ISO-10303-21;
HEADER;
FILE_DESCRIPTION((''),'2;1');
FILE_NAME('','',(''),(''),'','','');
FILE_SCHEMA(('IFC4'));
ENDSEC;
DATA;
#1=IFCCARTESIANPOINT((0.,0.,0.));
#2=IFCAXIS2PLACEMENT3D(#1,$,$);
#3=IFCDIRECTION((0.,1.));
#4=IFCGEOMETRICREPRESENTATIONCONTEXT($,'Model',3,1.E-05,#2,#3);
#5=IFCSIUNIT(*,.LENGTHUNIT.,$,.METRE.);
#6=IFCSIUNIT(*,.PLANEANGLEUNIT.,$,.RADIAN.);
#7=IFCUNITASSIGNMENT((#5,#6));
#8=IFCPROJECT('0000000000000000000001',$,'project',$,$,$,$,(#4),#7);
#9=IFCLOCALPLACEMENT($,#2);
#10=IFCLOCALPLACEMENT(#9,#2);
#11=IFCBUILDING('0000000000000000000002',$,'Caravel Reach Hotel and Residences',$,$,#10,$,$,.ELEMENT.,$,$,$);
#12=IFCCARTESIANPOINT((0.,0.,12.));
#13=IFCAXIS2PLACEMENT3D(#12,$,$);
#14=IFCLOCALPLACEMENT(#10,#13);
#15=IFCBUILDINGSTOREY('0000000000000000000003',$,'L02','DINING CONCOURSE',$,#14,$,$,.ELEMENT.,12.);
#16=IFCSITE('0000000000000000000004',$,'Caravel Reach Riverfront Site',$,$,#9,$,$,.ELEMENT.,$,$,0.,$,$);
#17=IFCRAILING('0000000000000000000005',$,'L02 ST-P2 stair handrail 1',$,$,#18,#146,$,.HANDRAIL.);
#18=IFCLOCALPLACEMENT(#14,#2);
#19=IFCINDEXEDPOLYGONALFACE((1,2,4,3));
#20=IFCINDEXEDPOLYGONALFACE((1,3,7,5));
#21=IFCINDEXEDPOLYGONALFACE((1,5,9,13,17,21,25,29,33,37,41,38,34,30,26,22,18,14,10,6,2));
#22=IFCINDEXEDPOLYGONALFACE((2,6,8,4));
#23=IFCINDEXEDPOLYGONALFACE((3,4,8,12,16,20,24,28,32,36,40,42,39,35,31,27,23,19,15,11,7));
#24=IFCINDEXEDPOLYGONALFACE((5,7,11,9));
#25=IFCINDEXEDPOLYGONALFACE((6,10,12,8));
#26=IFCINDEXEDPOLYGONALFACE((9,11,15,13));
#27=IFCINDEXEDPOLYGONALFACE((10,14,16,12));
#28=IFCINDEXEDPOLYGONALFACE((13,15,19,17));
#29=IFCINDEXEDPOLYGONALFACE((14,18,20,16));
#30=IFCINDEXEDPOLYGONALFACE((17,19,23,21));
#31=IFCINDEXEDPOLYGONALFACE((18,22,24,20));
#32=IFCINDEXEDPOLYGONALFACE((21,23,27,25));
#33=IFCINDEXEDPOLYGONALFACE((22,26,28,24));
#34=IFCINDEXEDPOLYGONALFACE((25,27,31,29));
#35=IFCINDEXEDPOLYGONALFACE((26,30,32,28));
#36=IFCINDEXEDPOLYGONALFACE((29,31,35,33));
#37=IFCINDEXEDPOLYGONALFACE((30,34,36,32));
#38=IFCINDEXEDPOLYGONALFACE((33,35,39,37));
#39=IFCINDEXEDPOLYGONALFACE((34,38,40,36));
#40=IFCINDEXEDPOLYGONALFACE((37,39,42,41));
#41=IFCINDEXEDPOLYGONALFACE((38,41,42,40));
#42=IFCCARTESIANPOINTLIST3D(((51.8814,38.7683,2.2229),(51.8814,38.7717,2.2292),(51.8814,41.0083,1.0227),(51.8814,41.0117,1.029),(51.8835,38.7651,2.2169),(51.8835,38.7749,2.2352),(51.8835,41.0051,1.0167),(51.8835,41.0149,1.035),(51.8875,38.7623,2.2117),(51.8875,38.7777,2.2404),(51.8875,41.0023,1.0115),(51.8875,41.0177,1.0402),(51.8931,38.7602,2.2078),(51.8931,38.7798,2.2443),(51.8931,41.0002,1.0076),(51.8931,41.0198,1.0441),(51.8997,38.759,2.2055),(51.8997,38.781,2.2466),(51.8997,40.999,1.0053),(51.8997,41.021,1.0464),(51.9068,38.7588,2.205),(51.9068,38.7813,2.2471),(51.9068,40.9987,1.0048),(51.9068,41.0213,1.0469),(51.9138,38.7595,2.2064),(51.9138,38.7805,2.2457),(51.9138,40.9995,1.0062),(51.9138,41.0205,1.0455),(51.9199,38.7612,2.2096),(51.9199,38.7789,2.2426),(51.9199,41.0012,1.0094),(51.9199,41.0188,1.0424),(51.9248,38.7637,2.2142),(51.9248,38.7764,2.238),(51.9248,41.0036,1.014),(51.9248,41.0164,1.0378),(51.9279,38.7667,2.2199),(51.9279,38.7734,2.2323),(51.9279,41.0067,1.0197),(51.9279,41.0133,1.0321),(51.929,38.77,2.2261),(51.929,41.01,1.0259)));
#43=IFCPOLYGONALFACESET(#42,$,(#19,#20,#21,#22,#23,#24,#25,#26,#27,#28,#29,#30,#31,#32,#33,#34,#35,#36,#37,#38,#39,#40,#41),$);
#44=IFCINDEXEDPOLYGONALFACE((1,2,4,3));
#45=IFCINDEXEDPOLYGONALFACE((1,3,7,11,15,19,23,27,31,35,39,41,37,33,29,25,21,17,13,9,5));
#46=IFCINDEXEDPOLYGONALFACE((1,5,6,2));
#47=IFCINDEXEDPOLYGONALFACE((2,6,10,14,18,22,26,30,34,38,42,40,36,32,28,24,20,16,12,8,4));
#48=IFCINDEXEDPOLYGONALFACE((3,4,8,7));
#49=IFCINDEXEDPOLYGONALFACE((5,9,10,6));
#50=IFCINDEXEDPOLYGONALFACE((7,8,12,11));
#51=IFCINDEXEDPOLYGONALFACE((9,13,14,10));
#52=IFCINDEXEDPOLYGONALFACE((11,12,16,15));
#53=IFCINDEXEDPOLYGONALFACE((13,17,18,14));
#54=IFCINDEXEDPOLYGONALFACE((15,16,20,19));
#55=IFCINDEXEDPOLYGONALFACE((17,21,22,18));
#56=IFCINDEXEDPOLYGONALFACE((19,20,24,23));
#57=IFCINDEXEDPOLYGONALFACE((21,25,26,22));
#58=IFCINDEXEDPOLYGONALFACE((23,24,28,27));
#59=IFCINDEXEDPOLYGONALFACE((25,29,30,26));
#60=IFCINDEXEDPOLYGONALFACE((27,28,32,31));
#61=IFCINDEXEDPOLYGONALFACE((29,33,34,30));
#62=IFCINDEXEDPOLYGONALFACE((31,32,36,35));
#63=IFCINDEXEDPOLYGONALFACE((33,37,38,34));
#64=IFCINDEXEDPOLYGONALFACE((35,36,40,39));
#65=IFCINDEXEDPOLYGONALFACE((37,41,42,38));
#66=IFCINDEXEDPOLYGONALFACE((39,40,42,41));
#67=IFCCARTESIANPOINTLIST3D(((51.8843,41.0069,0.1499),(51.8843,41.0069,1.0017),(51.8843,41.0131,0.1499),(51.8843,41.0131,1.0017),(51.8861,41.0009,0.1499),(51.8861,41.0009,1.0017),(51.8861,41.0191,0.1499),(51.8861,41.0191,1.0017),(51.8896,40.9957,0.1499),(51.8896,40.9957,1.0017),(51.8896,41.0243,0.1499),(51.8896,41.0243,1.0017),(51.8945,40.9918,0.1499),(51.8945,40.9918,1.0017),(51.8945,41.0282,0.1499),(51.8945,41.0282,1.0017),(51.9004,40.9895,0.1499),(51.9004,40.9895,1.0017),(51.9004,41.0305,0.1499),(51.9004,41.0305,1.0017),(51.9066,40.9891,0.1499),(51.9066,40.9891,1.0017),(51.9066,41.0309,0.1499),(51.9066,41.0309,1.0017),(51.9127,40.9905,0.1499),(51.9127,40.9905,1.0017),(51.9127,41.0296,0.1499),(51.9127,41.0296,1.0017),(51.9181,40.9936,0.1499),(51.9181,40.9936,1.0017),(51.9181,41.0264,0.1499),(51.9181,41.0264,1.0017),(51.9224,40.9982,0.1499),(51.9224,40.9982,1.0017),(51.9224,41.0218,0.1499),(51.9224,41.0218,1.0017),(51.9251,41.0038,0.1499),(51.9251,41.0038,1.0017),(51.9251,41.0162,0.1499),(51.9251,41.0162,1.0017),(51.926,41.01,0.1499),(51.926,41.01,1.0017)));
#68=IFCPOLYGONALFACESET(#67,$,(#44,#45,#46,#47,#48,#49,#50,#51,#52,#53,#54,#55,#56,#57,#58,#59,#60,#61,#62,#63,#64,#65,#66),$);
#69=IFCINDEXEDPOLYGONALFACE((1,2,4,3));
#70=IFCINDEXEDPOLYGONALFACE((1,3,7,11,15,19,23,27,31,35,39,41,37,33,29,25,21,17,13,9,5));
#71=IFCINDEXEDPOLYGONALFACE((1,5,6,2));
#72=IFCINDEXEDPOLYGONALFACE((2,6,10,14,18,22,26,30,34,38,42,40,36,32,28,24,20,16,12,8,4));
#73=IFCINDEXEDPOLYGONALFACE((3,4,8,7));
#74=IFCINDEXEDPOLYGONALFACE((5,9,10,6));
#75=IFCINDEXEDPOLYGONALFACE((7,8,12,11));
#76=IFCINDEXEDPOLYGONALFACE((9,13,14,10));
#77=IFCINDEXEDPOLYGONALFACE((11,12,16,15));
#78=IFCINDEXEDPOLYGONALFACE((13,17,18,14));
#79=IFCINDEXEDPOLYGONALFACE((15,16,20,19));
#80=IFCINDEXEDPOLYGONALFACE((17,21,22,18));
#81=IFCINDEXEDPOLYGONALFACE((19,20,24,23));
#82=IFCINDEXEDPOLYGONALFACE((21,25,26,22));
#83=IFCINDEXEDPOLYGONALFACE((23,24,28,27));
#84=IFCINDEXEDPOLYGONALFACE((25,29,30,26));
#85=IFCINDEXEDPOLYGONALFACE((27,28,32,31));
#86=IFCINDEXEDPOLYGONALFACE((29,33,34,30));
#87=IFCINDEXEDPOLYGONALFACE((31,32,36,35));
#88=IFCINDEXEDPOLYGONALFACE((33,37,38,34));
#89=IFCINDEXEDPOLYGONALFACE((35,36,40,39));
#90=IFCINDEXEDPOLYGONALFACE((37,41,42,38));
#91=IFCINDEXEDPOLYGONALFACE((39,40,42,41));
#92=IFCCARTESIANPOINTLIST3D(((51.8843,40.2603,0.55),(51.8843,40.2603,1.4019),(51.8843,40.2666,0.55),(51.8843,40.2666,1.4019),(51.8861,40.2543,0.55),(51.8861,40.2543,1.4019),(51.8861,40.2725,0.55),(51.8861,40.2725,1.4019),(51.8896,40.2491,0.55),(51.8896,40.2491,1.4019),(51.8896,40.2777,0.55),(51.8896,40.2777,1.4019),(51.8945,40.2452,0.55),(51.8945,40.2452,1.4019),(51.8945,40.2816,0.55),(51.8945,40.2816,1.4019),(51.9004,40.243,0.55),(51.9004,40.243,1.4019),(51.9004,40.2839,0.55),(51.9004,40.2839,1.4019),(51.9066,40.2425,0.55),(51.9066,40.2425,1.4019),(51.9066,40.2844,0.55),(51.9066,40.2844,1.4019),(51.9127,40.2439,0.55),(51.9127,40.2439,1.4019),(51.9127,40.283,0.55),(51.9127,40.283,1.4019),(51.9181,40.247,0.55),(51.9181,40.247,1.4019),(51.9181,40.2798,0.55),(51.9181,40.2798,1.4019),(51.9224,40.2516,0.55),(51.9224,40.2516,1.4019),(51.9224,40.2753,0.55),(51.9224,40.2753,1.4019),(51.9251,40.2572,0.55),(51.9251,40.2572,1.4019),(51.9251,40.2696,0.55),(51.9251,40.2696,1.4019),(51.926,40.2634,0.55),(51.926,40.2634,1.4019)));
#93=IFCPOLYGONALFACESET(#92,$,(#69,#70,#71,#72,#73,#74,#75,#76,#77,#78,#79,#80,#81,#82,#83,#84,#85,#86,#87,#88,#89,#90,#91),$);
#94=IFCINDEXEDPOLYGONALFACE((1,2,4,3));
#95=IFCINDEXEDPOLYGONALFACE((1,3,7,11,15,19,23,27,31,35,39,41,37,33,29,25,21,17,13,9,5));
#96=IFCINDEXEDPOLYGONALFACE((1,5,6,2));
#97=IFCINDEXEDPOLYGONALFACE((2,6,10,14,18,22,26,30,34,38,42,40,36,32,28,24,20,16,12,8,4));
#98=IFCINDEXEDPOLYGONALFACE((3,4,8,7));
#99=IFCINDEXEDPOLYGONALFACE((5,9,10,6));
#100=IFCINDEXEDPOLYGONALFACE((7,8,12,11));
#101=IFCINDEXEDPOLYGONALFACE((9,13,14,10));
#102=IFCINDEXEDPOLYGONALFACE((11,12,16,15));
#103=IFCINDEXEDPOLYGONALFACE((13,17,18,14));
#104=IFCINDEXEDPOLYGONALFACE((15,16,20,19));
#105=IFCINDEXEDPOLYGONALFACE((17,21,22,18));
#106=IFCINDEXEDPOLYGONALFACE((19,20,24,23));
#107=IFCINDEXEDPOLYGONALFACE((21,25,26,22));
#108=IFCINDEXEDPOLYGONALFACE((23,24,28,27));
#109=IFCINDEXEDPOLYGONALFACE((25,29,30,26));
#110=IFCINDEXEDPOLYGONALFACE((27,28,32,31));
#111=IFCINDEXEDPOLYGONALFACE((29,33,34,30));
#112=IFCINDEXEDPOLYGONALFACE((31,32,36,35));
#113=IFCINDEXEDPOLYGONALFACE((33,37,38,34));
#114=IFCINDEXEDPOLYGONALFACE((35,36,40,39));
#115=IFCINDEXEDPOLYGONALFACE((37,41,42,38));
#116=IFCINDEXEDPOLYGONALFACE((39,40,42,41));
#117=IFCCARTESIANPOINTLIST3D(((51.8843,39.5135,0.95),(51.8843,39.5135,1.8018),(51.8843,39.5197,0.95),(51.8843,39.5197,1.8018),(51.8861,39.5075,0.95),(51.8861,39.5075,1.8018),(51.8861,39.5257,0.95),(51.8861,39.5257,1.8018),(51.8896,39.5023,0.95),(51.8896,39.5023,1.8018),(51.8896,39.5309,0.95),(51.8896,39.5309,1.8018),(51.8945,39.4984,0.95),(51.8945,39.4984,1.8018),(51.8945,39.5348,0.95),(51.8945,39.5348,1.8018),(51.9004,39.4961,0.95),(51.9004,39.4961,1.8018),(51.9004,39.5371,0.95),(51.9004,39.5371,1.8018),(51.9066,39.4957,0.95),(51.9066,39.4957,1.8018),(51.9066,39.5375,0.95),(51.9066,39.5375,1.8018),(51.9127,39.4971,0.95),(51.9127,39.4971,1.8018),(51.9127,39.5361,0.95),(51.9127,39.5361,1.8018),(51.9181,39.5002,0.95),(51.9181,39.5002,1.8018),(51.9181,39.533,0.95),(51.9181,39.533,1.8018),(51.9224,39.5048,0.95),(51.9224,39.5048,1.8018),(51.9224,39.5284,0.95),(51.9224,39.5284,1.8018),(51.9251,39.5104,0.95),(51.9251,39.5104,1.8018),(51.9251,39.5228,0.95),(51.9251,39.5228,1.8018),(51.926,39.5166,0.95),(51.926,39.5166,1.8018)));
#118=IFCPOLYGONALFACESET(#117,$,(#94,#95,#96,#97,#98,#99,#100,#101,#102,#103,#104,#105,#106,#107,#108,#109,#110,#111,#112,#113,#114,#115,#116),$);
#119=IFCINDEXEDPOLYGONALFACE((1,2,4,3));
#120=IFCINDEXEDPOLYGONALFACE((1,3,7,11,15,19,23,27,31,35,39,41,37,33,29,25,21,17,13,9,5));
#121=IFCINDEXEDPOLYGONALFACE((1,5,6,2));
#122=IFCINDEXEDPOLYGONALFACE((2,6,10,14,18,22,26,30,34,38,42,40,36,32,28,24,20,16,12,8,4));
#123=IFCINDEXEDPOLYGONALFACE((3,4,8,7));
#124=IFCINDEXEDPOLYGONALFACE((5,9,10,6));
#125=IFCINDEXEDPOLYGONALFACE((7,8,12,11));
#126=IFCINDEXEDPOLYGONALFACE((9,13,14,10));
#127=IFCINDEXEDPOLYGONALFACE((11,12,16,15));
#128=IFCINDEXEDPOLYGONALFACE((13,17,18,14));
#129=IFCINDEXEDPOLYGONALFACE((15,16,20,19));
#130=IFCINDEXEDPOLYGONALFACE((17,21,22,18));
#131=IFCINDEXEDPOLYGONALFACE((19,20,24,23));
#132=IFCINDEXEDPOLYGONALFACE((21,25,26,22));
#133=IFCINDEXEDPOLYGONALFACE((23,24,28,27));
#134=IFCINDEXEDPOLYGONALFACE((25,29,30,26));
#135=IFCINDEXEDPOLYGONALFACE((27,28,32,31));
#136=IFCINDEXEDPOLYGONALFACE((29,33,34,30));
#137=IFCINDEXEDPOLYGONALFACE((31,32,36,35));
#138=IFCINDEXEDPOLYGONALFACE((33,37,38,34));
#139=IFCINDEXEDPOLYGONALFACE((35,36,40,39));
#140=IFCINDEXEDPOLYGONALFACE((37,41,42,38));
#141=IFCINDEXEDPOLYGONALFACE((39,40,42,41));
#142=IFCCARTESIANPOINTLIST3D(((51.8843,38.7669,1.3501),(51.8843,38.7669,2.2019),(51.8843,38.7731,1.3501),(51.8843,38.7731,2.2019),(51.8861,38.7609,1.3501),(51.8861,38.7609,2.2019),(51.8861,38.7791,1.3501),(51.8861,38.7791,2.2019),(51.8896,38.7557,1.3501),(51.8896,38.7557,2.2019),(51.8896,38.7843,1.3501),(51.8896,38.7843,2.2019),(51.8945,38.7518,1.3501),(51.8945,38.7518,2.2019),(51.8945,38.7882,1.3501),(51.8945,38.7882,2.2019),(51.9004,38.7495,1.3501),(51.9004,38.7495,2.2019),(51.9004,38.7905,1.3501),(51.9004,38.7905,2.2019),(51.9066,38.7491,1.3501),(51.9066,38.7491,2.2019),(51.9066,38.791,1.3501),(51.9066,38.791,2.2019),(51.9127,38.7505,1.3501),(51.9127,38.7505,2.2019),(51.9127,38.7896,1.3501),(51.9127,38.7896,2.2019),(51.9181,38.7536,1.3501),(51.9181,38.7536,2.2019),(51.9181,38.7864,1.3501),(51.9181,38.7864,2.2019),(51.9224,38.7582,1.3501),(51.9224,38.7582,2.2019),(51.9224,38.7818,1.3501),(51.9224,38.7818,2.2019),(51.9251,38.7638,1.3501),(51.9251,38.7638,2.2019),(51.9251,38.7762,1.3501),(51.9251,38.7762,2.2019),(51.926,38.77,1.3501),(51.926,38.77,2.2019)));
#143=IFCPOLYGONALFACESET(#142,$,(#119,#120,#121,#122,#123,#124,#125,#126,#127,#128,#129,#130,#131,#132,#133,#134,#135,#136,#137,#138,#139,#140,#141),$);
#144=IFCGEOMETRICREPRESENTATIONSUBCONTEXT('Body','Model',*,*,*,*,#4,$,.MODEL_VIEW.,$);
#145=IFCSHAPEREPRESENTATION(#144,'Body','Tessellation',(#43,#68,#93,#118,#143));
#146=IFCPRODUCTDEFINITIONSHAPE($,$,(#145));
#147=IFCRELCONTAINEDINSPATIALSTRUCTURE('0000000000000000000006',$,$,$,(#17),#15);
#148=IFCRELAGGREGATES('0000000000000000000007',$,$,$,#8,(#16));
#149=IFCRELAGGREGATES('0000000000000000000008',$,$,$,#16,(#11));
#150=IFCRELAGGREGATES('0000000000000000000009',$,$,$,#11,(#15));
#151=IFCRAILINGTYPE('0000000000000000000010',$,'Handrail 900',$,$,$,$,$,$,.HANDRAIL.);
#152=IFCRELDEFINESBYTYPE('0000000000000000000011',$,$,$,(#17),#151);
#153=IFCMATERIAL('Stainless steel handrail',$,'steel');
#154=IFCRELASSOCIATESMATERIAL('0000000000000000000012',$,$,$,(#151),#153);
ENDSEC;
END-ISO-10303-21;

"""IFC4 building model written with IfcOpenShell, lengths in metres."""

from ifc_helpers import new_model, si_unit, direction, frame, origin, origin_2d, place, context, subcontext, project, spatial, circle, extrude, material, type_object, element, save


model = new_model("IFC4")

# Units and contexts
model_context = context("Model", 3, precision=1e-05, world=origin(), true_north=direction((0.0, 1.0)))
body_context = subcontext(model_context, "Body", "Model", "MODEL_VIEW")
ifc_project = project(units=[si_unit("LENGTHUNIT", "METRE"), si_unit("PLANEANGLEUNIT", "RADIAN")], contexts=[model_context])

# Site, building, storey
site_placement = place(None, origin())
site = spatial("IfcSite", under=ifc_project, at=site_placement, Name="Caravel Reach Riverfront Site", CompositionType="ELEMENT", RefElevation=0.0)
building_placement = place(site_placement, origin())
building = spatial("IfcBuilding", under=site, at=building_placement, Name="Caravel Reach Hotel and Residences", CompositionType="ELEMENT")
storey_placement = place(building_placement, frame((0.0, 0.0, 12.0)))
storey = spatial("IfcBuildingStorey", under=building, at=storey_placement, Name="L02", Description="DINING CONCOURSE", CompositionType="ELEMENT", Elevation=12.0)

# Railing
ifc_material_1 = material(Name="Stainless steel handrail", Category="steel")
railing_type_1 = type_object("IfcRailingType", Name="Handrail 900", PredefinedType="HANDRAIL", material=ifc_material_1)
railing_1_placement = place(storey_placement, frame((51.905, 41.01, 0.1499)))
element("IfcRailing", 1, at=railing_1_placement, inside=storey, type_object=railing_type_1, Name="L02 ST-P2 stair handrail 1", PredefinedType="HANDRAIL", context=body_context, shape_type="SweptSolid", body=[
    extrude(circle(Radius=0.0239, at=origin_2d()), frame((0.0, 0.0, 0.876), z_axis=(0.0, -0.881447, 0.472283), x_axis=(1.0, 0.0, 0.0)), (0.0, 0.0, 1.0), 2.5413),
    extrude(circle(Radius=0.021, at=origin_2d()), origin(), (0.0, 0.0, 1.0), 0.8518),
    extrude(circle(Radius=0.021, at=origin_2d()), frame((0.0, -0.7466, 0.4001)), (0.0, 0.0, 1.0), 0.8518),
    extrude(circle(Radius=0.021, at=origin_2d()), frame((0.0, -1.4934, 0.8)), (0.0, 0.0, 1.0), 0.8518),
    extrude(circle(Radius=0.021, at=origin_2d()), frame((0.0, -2.24, 1.2002)), (0.0, 0.0, 1.0), 0.8518),
])

save(model, "model.ifc")
